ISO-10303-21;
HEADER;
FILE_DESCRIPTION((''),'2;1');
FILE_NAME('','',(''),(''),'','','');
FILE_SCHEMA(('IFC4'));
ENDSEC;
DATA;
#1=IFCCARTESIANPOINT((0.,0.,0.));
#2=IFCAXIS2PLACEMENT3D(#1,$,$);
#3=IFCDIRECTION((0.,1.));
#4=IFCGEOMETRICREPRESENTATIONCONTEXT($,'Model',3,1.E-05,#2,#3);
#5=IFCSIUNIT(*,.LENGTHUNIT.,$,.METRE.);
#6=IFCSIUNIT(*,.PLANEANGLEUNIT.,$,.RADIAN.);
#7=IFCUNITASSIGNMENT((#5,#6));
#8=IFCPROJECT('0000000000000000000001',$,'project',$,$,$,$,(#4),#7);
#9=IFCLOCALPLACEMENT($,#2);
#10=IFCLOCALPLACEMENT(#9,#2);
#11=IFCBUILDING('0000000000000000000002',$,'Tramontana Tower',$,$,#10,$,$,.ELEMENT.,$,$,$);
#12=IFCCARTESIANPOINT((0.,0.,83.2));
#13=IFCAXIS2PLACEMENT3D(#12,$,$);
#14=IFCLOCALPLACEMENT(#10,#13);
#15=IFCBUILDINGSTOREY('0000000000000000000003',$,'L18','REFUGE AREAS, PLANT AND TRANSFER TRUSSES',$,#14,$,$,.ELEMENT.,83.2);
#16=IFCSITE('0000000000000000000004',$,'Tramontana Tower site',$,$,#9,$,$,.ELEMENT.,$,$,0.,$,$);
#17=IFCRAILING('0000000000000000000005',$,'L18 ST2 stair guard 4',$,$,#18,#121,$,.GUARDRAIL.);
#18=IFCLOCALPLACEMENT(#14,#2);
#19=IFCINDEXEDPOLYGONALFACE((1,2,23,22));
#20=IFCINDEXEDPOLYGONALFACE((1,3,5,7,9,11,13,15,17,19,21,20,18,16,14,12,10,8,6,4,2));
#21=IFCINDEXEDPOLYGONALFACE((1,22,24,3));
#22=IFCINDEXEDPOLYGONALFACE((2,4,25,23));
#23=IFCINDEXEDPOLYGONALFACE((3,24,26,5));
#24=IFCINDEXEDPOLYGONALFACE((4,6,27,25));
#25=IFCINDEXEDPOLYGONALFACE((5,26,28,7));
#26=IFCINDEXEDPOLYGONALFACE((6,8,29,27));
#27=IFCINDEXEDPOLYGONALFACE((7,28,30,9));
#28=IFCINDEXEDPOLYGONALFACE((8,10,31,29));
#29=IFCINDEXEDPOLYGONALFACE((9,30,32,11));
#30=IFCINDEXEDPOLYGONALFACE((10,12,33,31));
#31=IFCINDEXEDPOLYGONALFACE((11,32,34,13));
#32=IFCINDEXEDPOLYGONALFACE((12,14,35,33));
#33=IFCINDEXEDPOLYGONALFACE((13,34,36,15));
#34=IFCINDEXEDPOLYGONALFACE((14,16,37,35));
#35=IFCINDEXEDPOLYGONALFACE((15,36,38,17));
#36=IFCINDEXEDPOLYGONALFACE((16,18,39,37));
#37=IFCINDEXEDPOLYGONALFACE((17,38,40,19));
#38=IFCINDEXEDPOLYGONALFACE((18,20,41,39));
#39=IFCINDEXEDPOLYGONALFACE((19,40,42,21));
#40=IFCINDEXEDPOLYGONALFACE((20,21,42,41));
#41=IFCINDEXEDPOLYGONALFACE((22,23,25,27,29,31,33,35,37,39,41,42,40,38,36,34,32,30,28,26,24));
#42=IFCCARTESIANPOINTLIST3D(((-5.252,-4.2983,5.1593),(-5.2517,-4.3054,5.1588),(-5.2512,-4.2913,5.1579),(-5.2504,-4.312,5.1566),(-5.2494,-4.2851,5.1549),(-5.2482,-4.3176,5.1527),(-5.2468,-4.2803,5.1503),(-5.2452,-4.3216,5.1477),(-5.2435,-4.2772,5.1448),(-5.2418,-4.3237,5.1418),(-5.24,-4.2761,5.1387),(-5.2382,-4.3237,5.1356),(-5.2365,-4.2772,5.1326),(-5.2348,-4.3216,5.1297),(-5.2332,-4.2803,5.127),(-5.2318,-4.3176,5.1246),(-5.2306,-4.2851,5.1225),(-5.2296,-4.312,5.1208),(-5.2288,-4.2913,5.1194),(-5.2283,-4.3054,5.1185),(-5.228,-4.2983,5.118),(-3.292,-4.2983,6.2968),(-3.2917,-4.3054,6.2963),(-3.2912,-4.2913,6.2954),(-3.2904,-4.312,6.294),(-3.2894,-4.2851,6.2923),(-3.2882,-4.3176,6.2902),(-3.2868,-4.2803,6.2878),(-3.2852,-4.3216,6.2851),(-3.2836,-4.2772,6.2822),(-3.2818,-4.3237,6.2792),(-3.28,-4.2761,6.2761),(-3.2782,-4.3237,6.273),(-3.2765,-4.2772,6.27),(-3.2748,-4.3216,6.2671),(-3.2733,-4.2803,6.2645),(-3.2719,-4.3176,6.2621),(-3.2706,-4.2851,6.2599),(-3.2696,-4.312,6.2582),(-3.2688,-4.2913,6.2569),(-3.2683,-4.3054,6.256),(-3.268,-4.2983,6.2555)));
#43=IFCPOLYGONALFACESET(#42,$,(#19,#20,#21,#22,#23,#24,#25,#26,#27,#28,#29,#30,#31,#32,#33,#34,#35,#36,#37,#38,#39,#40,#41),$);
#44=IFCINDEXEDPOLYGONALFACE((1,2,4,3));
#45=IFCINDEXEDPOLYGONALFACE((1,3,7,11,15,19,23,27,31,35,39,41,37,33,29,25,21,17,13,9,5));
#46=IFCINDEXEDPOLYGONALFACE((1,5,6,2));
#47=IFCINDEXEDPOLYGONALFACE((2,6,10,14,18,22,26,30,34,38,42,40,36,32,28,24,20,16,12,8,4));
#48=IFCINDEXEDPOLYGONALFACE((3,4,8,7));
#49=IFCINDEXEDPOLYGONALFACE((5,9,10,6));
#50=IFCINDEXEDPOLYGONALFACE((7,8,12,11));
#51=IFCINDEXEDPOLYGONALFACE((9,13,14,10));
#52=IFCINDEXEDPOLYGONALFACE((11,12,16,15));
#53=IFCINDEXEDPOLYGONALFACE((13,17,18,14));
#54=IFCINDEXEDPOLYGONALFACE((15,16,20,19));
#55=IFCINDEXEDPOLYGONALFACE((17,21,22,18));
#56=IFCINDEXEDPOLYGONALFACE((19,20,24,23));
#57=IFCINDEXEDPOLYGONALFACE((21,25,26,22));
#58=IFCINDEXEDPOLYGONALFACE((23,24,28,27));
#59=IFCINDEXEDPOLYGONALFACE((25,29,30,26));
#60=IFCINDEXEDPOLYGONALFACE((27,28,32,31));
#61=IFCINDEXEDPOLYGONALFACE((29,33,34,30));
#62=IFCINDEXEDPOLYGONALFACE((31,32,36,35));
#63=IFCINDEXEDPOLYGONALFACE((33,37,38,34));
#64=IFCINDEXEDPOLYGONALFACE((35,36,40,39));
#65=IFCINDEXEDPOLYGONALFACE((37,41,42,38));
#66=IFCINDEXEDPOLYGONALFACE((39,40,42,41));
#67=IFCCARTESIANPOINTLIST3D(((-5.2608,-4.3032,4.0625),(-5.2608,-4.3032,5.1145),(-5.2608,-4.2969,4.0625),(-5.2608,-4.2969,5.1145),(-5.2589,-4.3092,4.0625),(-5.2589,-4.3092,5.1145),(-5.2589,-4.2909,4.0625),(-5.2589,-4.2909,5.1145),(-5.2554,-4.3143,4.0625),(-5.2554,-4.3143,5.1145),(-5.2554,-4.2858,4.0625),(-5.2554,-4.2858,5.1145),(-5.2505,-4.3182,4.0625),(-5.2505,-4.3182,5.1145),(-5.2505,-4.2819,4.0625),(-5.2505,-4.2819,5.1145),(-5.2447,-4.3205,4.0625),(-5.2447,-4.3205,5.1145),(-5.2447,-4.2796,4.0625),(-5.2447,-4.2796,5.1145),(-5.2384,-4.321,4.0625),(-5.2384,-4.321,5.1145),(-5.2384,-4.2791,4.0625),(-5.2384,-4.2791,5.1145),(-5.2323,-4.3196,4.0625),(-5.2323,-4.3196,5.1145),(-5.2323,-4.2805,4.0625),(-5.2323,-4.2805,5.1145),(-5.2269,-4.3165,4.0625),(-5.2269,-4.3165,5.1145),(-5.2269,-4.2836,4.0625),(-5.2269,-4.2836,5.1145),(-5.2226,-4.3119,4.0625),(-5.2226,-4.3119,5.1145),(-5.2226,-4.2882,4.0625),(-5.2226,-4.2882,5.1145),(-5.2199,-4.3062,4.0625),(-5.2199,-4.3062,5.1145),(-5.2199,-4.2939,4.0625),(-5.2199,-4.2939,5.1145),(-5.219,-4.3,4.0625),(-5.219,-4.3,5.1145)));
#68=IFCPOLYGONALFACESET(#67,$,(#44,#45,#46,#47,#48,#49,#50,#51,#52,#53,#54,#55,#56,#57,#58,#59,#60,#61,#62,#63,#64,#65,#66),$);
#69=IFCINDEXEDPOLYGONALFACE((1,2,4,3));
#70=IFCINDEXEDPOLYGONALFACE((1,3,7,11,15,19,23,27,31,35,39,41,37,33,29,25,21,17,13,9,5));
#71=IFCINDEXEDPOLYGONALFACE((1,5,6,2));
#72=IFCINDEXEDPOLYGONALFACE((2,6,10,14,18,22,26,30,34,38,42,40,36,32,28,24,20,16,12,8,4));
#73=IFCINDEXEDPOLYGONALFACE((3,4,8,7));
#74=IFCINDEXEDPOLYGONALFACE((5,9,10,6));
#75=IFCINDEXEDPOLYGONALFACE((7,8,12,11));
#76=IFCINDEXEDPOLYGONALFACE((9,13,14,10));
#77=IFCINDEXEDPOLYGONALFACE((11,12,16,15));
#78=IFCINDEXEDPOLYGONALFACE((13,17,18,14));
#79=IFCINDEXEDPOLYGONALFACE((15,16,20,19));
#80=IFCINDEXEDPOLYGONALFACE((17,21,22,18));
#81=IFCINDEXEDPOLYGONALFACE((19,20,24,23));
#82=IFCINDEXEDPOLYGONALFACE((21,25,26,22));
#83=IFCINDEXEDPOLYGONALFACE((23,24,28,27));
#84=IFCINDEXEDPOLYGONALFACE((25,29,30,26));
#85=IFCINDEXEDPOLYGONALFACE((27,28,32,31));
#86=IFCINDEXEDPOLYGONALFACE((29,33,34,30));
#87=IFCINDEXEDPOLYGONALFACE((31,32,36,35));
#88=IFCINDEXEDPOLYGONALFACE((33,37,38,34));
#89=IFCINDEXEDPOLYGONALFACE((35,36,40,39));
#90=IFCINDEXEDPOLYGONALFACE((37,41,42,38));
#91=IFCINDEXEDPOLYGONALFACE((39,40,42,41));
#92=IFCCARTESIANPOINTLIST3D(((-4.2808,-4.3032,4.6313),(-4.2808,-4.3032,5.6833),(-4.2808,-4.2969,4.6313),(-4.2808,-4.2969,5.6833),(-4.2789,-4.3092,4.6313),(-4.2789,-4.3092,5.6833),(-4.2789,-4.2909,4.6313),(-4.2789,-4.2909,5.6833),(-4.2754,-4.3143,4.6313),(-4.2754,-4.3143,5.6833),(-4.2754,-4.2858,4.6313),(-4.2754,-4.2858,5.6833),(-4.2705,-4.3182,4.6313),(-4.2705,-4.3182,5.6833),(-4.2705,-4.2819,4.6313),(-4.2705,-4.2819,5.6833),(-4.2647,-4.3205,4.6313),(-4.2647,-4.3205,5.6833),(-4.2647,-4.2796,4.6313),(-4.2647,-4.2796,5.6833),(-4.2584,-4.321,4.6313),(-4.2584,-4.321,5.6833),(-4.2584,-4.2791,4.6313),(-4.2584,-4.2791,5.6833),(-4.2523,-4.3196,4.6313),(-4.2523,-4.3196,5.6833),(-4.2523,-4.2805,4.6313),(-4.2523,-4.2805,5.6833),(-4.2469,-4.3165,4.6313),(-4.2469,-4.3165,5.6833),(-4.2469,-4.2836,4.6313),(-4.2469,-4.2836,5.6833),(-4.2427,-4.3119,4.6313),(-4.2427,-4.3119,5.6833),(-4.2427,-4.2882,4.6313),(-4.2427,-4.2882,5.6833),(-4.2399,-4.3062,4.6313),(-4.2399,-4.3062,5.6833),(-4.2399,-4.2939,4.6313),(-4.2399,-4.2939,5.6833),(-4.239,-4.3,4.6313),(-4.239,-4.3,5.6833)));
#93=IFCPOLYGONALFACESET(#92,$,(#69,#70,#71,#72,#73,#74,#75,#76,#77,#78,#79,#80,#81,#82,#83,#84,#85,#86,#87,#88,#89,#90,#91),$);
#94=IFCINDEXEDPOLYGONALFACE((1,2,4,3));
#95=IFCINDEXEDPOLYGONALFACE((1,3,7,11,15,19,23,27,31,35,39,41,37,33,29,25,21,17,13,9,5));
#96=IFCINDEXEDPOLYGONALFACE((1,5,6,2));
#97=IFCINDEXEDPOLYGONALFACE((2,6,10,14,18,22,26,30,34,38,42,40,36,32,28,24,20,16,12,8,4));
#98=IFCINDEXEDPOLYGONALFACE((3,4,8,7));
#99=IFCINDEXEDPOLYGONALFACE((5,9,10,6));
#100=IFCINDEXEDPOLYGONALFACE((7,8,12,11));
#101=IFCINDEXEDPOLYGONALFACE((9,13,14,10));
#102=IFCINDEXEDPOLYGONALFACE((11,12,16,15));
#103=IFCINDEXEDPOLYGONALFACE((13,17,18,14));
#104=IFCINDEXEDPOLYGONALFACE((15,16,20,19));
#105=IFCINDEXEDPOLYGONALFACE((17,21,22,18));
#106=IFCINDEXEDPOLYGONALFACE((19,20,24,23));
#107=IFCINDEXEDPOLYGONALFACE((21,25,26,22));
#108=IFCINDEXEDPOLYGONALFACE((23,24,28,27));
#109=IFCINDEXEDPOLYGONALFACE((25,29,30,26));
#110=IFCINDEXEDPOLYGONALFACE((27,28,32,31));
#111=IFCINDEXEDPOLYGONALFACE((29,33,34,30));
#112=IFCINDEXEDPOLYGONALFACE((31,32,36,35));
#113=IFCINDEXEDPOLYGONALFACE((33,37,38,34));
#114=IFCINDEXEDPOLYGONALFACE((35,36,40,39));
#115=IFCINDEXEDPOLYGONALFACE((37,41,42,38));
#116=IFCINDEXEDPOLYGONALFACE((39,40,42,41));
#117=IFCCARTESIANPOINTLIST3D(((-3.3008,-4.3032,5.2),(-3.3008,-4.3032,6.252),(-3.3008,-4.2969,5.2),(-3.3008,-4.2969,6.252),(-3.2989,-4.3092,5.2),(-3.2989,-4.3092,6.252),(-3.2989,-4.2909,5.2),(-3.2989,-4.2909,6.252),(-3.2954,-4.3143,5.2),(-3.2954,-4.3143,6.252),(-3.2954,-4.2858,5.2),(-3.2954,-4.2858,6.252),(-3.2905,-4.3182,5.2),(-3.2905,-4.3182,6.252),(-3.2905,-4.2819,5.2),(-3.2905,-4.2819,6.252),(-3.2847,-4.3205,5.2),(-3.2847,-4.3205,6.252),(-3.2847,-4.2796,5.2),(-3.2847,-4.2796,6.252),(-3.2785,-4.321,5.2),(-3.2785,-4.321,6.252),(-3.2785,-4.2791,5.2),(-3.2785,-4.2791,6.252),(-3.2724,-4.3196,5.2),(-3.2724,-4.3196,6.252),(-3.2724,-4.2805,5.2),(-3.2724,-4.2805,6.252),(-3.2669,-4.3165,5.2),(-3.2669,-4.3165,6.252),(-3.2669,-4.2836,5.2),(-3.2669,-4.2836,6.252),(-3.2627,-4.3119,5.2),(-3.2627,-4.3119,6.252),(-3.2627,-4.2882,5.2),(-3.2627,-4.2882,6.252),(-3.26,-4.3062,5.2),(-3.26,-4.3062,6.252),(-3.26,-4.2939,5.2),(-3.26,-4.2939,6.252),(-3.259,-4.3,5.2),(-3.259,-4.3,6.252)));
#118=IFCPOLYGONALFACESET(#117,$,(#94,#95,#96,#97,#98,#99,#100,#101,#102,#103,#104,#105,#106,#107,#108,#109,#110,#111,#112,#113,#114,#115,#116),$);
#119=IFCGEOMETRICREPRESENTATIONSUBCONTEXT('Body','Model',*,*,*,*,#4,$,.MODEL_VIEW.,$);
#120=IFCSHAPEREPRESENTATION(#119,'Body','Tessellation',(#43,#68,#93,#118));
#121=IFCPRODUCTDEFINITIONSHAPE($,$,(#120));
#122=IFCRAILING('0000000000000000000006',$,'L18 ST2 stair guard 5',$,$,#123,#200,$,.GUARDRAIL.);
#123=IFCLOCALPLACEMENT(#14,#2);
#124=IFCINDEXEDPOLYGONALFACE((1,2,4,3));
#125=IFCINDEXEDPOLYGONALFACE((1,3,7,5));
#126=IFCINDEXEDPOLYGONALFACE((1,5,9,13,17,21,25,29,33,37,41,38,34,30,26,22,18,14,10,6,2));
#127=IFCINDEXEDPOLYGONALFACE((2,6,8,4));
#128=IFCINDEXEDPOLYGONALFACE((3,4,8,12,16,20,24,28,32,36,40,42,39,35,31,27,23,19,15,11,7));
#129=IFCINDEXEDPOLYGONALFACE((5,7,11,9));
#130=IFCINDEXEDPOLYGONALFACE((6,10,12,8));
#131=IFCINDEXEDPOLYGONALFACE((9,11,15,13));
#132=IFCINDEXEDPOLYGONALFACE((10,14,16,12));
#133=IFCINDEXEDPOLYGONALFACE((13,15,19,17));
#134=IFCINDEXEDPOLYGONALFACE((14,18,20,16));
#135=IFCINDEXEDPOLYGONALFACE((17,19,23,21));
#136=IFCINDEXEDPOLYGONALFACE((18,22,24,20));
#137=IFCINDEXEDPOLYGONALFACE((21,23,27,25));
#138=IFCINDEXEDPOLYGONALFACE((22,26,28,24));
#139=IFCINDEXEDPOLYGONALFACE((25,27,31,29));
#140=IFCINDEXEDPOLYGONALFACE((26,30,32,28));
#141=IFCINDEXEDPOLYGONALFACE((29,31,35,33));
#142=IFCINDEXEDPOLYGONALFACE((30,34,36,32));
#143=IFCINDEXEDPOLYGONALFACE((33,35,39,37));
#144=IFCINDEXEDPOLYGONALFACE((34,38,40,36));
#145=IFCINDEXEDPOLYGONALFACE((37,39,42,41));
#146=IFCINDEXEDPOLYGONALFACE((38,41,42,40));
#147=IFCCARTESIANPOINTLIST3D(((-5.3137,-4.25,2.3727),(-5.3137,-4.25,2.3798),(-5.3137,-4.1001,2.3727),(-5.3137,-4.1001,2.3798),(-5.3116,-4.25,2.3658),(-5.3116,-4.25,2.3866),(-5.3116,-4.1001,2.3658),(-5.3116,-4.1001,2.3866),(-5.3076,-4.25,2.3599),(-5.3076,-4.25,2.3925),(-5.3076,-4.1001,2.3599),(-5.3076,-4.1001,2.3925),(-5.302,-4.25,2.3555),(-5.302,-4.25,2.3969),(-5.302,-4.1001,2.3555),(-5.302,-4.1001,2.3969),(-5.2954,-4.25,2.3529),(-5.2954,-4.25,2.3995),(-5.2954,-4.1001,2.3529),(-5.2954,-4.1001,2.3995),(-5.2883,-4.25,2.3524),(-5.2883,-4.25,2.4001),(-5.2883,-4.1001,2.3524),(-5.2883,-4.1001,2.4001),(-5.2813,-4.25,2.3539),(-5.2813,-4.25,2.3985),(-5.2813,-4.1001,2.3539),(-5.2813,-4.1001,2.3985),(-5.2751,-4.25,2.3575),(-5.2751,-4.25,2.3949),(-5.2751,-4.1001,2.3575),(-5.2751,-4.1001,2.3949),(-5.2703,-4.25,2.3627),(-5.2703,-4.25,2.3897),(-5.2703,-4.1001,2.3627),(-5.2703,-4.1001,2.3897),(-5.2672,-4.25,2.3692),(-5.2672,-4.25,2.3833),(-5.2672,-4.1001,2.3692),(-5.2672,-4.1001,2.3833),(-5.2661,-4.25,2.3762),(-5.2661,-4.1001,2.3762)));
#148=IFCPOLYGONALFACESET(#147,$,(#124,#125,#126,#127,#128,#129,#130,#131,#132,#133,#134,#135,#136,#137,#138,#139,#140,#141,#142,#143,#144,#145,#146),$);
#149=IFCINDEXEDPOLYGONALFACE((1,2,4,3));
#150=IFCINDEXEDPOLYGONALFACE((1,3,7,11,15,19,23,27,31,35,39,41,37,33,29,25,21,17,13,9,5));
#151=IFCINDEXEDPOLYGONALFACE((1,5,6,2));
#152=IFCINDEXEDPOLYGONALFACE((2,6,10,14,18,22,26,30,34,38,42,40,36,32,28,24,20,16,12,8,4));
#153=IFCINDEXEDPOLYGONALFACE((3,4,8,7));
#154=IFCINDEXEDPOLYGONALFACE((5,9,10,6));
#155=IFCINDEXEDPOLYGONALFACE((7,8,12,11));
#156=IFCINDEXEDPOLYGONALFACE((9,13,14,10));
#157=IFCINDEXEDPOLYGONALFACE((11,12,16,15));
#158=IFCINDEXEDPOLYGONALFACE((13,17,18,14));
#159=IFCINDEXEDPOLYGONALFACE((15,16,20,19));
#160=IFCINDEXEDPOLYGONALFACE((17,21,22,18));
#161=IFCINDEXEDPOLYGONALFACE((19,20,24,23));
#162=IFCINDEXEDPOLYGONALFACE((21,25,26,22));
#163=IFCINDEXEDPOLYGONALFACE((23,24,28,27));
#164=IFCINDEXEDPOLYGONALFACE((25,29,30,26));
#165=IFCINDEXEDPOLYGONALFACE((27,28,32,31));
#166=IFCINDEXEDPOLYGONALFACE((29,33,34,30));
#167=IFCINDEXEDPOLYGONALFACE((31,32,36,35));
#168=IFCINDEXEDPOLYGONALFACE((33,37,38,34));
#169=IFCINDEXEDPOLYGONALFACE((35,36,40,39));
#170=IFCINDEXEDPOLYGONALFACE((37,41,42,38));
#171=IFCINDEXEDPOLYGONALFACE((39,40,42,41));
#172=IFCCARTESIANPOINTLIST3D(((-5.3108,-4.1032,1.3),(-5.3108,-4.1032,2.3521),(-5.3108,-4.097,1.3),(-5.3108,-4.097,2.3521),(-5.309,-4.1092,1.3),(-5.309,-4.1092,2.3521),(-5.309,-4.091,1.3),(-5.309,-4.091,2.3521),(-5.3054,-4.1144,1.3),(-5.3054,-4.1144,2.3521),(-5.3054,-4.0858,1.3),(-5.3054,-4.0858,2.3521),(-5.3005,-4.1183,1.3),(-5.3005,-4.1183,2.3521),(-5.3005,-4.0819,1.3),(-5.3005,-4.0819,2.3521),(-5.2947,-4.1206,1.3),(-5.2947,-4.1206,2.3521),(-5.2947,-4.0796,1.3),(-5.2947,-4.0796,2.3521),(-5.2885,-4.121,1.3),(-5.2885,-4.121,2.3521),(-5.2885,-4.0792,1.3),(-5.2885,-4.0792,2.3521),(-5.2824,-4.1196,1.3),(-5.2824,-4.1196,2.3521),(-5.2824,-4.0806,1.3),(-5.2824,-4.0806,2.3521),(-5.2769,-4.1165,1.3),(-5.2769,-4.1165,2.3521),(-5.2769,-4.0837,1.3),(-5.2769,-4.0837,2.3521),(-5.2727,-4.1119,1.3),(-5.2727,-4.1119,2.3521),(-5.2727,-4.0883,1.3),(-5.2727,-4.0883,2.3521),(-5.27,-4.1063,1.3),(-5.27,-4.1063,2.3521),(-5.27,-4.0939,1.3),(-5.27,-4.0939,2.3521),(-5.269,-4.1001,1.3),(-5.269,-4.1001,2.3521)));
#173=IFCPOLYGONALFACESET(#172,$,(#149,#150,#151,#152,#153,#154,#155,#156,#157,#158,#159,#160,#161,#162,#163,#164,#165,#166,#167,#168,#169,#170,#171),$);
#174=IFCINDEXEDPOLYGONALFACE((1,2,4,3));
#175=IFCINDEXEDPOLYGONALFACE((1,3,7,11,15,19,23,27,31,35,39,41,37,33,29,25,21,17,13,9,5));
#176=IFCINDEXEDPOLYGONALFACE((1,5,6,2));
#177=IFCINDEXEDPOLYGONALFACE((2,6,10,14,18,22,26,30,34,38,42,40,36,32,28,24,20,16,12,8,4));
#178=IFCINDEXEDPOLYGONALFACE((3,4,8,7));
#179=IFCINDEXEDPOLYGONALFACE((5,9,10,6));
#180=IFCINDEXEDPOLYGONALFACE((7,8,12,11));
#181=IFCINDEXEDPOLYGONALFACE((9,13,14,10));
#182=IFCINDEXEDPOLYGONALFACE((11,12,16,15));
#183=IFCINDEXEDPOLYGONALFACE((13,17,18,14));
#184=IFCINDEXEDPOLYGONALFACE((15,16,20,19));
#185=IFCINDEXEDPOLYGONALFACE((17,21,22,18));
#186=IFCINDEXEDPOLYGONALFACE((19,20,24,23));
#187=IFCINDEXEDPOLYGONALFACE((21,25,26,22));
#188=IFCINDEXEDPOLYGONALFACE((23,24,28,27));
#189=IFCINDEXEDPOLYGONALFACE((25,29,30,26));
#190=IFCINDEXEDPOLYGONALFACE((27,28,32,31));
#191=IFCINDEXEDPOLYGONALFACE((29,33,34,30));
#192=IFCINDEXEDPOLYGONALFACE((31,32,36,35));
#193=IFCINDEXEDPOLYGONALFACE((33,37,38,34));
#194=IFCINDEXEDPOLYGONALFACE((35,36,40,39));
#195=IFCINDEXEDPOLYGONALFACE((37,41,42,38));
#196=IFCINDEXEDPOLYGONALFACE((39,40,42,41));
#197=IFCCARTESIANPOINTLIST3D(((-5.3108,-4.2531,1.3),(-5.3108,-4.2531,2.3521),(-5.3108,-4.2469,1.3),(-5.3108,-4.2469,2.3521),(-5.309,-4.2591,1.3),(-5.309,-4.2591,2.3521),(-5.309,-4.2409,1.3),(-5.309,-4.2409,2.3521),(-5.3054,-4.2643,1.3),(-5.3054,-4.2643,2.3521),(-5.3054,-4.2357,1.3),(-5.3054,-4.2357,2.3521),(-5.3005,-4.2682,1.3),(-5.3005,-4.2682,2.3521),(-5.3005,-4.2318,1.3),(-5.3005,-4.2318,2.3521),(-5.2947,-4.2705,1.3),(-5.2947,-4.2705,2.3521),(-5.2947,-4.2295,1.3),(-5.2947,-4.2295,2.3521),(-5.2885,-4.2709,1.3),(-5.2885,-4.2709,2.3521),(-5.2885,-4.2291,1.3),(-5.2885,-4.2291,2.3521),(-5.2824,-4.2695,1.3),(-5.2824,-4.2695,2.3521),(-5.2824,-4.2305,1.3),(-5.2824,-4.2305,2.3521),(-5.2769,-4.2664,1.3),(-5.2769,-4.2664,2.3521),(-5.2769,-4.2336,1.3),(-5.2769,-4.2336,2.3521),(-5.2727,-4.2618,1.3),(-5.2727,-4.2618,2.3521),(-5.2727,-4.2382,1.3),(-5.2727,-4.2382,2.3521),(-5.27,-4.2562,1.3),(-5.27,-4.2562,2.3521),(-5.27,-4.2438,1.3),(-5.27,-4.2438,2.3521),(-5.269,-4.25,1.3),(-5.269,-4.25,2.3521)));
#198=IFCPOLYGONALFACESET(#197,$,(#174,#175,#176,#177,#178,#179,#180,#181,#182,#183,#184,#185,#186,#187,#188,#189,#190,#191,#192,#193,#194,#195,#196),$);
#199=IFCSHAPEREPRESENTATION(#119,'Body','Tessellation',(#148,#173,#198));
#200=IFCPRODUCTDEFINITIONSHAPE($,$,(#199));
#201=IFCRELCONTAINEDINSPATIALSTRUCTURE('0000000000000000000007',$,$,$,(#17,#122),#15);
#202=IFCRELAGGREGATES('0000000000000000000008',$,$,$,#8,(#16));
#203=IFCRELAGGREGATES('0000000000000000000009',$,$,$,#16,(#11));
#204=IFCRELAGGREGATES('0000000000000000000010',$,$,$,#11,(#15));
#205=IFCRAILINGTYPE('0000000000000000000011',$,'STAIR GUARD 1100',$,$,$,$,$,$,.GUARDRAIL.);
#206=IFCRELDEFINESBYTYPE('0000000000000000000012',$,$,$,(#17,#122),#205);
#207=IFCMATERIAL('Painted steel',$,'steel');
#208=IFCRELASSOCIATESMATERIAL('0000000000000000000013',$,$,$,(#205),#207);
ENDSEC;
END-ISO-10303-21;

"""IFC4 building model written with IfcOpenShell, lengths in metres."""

from ifc_helpers import new_model, si_unit, direction, frame, origin, origin_2d, place, context, subcontext, project, spatial, circle, extrude, material, type_object, element, save


model = new_model("IFC4")

# Units and contexts
model_context = context("Model", 3, precision=1e-05, world=origin(), true_north=direction((0.0, 1.0)))
body_context = subcontext(model_context, "Body", "Model", "MODEL_VIEW")
ifc_project = project(units=[si_unit("LENGTHUNIT", "METRE"), si_unit("PLANEANGLEUNIT", "RADIAN")], contexts=[model_context])

# Site, building, storey
site_placement = place(None, origin())
site = spatial("IfcSite", under=ifc_project, at=site_placement, Name="Tramontana Tower site", CompositionType="ELEMENT", RefElevation=0.0)
building_placement = place(site_placement, origin())
building = spatial("IfcBuilding", under=site, at=building_placement, Name="Tramontana Tower", CompositionType="ELEMENT")
storey_placement = place(building_placement, frame((0.0, 0.0, 83.2)))
storey = spatial("IfcBuildingStorey", under=building, at=storey_placement, Name="L18", Description="REFUGE AREAS, PLANT AND TRANSFER TRUSSES", CompositionType="ELEMENT", Elevation=83.2)

# Railings
ifc_material_1 = material(Name="Painted steel", Category="steel")
railing_type_1 = type_object("IfcRailingType", Name="STAIR GUARD 1100", PredefinedType="GUARDRAIL", material=ifc_material_1)
railing_1_placement = place(storey_placement, frame((-5.24, -4.3, 4.0625)))
element("IfcRailing", 1, at=railing_1_placement, inside=storey, type_object=railing_type_1, Name="L18 ST2 stair guard 4", PredefinedType="GUARDRAIL", context=body_context, shape_type="SweptSolid", body=[
    extrude(circle(Radius=0.0239, at=origin_2d()), frame((0.0, 0.0, 1.0762), z_axis=(0.864902, 0.0, 0.501941), x_axis=(0.0, 1.0, 0.0)), (0.0, 0.0, 1.0), 2.2661),
    extrude(circle(Radius=0.021, at=origin_2d()), origin(), (0.0, 0.0, 1.0), 1.052),
    extrude(circle(Radius=0.021, at=origin_2d()), frame((0.98, 0.0, 0.5688)), (0.0, 0.0, 1.0), 1.052),
    extrude(circle(Radius=0.021, at=origin_2d()), frame((1.96, 0.0, 1.1375)), (0.0, 0.0, 1.0), 1.052),
])
for number, where, name in (
    (2, (-5.29, -4.1001, 1.3), "L18 ST2 stair guard 5"),
):
    element("IfcRailing", number, at=place(storey_placement, frame(where)), inside=storey, type_object=railing_type_1, Name=name, PredefinedType="GUARDRAIL", context=body_context, shape_type="SweptSolid", body=[
        extrude(circle(Radius=0.0239, at=origin_2d()), frame((0.0, 0.0, 1.0762), z_axis=(0.0, -1.0, 0.0), x_axis=(1.0, 0.0, 0.0)), (0.0, 0.0, 1.0), 0.1499),
        extrude(circle(Radius=0.021, at=origin_2d()), origin(), (0.0, 0.0, 1.0), 1.052),
        extrude(circle(Radius=0.021, at=origin_2d()), frame((0.0, -0.1499, 0.0)), (0.0, 0.0, 1.0), 1.052),
    ])

save(model, "model.ifc")
